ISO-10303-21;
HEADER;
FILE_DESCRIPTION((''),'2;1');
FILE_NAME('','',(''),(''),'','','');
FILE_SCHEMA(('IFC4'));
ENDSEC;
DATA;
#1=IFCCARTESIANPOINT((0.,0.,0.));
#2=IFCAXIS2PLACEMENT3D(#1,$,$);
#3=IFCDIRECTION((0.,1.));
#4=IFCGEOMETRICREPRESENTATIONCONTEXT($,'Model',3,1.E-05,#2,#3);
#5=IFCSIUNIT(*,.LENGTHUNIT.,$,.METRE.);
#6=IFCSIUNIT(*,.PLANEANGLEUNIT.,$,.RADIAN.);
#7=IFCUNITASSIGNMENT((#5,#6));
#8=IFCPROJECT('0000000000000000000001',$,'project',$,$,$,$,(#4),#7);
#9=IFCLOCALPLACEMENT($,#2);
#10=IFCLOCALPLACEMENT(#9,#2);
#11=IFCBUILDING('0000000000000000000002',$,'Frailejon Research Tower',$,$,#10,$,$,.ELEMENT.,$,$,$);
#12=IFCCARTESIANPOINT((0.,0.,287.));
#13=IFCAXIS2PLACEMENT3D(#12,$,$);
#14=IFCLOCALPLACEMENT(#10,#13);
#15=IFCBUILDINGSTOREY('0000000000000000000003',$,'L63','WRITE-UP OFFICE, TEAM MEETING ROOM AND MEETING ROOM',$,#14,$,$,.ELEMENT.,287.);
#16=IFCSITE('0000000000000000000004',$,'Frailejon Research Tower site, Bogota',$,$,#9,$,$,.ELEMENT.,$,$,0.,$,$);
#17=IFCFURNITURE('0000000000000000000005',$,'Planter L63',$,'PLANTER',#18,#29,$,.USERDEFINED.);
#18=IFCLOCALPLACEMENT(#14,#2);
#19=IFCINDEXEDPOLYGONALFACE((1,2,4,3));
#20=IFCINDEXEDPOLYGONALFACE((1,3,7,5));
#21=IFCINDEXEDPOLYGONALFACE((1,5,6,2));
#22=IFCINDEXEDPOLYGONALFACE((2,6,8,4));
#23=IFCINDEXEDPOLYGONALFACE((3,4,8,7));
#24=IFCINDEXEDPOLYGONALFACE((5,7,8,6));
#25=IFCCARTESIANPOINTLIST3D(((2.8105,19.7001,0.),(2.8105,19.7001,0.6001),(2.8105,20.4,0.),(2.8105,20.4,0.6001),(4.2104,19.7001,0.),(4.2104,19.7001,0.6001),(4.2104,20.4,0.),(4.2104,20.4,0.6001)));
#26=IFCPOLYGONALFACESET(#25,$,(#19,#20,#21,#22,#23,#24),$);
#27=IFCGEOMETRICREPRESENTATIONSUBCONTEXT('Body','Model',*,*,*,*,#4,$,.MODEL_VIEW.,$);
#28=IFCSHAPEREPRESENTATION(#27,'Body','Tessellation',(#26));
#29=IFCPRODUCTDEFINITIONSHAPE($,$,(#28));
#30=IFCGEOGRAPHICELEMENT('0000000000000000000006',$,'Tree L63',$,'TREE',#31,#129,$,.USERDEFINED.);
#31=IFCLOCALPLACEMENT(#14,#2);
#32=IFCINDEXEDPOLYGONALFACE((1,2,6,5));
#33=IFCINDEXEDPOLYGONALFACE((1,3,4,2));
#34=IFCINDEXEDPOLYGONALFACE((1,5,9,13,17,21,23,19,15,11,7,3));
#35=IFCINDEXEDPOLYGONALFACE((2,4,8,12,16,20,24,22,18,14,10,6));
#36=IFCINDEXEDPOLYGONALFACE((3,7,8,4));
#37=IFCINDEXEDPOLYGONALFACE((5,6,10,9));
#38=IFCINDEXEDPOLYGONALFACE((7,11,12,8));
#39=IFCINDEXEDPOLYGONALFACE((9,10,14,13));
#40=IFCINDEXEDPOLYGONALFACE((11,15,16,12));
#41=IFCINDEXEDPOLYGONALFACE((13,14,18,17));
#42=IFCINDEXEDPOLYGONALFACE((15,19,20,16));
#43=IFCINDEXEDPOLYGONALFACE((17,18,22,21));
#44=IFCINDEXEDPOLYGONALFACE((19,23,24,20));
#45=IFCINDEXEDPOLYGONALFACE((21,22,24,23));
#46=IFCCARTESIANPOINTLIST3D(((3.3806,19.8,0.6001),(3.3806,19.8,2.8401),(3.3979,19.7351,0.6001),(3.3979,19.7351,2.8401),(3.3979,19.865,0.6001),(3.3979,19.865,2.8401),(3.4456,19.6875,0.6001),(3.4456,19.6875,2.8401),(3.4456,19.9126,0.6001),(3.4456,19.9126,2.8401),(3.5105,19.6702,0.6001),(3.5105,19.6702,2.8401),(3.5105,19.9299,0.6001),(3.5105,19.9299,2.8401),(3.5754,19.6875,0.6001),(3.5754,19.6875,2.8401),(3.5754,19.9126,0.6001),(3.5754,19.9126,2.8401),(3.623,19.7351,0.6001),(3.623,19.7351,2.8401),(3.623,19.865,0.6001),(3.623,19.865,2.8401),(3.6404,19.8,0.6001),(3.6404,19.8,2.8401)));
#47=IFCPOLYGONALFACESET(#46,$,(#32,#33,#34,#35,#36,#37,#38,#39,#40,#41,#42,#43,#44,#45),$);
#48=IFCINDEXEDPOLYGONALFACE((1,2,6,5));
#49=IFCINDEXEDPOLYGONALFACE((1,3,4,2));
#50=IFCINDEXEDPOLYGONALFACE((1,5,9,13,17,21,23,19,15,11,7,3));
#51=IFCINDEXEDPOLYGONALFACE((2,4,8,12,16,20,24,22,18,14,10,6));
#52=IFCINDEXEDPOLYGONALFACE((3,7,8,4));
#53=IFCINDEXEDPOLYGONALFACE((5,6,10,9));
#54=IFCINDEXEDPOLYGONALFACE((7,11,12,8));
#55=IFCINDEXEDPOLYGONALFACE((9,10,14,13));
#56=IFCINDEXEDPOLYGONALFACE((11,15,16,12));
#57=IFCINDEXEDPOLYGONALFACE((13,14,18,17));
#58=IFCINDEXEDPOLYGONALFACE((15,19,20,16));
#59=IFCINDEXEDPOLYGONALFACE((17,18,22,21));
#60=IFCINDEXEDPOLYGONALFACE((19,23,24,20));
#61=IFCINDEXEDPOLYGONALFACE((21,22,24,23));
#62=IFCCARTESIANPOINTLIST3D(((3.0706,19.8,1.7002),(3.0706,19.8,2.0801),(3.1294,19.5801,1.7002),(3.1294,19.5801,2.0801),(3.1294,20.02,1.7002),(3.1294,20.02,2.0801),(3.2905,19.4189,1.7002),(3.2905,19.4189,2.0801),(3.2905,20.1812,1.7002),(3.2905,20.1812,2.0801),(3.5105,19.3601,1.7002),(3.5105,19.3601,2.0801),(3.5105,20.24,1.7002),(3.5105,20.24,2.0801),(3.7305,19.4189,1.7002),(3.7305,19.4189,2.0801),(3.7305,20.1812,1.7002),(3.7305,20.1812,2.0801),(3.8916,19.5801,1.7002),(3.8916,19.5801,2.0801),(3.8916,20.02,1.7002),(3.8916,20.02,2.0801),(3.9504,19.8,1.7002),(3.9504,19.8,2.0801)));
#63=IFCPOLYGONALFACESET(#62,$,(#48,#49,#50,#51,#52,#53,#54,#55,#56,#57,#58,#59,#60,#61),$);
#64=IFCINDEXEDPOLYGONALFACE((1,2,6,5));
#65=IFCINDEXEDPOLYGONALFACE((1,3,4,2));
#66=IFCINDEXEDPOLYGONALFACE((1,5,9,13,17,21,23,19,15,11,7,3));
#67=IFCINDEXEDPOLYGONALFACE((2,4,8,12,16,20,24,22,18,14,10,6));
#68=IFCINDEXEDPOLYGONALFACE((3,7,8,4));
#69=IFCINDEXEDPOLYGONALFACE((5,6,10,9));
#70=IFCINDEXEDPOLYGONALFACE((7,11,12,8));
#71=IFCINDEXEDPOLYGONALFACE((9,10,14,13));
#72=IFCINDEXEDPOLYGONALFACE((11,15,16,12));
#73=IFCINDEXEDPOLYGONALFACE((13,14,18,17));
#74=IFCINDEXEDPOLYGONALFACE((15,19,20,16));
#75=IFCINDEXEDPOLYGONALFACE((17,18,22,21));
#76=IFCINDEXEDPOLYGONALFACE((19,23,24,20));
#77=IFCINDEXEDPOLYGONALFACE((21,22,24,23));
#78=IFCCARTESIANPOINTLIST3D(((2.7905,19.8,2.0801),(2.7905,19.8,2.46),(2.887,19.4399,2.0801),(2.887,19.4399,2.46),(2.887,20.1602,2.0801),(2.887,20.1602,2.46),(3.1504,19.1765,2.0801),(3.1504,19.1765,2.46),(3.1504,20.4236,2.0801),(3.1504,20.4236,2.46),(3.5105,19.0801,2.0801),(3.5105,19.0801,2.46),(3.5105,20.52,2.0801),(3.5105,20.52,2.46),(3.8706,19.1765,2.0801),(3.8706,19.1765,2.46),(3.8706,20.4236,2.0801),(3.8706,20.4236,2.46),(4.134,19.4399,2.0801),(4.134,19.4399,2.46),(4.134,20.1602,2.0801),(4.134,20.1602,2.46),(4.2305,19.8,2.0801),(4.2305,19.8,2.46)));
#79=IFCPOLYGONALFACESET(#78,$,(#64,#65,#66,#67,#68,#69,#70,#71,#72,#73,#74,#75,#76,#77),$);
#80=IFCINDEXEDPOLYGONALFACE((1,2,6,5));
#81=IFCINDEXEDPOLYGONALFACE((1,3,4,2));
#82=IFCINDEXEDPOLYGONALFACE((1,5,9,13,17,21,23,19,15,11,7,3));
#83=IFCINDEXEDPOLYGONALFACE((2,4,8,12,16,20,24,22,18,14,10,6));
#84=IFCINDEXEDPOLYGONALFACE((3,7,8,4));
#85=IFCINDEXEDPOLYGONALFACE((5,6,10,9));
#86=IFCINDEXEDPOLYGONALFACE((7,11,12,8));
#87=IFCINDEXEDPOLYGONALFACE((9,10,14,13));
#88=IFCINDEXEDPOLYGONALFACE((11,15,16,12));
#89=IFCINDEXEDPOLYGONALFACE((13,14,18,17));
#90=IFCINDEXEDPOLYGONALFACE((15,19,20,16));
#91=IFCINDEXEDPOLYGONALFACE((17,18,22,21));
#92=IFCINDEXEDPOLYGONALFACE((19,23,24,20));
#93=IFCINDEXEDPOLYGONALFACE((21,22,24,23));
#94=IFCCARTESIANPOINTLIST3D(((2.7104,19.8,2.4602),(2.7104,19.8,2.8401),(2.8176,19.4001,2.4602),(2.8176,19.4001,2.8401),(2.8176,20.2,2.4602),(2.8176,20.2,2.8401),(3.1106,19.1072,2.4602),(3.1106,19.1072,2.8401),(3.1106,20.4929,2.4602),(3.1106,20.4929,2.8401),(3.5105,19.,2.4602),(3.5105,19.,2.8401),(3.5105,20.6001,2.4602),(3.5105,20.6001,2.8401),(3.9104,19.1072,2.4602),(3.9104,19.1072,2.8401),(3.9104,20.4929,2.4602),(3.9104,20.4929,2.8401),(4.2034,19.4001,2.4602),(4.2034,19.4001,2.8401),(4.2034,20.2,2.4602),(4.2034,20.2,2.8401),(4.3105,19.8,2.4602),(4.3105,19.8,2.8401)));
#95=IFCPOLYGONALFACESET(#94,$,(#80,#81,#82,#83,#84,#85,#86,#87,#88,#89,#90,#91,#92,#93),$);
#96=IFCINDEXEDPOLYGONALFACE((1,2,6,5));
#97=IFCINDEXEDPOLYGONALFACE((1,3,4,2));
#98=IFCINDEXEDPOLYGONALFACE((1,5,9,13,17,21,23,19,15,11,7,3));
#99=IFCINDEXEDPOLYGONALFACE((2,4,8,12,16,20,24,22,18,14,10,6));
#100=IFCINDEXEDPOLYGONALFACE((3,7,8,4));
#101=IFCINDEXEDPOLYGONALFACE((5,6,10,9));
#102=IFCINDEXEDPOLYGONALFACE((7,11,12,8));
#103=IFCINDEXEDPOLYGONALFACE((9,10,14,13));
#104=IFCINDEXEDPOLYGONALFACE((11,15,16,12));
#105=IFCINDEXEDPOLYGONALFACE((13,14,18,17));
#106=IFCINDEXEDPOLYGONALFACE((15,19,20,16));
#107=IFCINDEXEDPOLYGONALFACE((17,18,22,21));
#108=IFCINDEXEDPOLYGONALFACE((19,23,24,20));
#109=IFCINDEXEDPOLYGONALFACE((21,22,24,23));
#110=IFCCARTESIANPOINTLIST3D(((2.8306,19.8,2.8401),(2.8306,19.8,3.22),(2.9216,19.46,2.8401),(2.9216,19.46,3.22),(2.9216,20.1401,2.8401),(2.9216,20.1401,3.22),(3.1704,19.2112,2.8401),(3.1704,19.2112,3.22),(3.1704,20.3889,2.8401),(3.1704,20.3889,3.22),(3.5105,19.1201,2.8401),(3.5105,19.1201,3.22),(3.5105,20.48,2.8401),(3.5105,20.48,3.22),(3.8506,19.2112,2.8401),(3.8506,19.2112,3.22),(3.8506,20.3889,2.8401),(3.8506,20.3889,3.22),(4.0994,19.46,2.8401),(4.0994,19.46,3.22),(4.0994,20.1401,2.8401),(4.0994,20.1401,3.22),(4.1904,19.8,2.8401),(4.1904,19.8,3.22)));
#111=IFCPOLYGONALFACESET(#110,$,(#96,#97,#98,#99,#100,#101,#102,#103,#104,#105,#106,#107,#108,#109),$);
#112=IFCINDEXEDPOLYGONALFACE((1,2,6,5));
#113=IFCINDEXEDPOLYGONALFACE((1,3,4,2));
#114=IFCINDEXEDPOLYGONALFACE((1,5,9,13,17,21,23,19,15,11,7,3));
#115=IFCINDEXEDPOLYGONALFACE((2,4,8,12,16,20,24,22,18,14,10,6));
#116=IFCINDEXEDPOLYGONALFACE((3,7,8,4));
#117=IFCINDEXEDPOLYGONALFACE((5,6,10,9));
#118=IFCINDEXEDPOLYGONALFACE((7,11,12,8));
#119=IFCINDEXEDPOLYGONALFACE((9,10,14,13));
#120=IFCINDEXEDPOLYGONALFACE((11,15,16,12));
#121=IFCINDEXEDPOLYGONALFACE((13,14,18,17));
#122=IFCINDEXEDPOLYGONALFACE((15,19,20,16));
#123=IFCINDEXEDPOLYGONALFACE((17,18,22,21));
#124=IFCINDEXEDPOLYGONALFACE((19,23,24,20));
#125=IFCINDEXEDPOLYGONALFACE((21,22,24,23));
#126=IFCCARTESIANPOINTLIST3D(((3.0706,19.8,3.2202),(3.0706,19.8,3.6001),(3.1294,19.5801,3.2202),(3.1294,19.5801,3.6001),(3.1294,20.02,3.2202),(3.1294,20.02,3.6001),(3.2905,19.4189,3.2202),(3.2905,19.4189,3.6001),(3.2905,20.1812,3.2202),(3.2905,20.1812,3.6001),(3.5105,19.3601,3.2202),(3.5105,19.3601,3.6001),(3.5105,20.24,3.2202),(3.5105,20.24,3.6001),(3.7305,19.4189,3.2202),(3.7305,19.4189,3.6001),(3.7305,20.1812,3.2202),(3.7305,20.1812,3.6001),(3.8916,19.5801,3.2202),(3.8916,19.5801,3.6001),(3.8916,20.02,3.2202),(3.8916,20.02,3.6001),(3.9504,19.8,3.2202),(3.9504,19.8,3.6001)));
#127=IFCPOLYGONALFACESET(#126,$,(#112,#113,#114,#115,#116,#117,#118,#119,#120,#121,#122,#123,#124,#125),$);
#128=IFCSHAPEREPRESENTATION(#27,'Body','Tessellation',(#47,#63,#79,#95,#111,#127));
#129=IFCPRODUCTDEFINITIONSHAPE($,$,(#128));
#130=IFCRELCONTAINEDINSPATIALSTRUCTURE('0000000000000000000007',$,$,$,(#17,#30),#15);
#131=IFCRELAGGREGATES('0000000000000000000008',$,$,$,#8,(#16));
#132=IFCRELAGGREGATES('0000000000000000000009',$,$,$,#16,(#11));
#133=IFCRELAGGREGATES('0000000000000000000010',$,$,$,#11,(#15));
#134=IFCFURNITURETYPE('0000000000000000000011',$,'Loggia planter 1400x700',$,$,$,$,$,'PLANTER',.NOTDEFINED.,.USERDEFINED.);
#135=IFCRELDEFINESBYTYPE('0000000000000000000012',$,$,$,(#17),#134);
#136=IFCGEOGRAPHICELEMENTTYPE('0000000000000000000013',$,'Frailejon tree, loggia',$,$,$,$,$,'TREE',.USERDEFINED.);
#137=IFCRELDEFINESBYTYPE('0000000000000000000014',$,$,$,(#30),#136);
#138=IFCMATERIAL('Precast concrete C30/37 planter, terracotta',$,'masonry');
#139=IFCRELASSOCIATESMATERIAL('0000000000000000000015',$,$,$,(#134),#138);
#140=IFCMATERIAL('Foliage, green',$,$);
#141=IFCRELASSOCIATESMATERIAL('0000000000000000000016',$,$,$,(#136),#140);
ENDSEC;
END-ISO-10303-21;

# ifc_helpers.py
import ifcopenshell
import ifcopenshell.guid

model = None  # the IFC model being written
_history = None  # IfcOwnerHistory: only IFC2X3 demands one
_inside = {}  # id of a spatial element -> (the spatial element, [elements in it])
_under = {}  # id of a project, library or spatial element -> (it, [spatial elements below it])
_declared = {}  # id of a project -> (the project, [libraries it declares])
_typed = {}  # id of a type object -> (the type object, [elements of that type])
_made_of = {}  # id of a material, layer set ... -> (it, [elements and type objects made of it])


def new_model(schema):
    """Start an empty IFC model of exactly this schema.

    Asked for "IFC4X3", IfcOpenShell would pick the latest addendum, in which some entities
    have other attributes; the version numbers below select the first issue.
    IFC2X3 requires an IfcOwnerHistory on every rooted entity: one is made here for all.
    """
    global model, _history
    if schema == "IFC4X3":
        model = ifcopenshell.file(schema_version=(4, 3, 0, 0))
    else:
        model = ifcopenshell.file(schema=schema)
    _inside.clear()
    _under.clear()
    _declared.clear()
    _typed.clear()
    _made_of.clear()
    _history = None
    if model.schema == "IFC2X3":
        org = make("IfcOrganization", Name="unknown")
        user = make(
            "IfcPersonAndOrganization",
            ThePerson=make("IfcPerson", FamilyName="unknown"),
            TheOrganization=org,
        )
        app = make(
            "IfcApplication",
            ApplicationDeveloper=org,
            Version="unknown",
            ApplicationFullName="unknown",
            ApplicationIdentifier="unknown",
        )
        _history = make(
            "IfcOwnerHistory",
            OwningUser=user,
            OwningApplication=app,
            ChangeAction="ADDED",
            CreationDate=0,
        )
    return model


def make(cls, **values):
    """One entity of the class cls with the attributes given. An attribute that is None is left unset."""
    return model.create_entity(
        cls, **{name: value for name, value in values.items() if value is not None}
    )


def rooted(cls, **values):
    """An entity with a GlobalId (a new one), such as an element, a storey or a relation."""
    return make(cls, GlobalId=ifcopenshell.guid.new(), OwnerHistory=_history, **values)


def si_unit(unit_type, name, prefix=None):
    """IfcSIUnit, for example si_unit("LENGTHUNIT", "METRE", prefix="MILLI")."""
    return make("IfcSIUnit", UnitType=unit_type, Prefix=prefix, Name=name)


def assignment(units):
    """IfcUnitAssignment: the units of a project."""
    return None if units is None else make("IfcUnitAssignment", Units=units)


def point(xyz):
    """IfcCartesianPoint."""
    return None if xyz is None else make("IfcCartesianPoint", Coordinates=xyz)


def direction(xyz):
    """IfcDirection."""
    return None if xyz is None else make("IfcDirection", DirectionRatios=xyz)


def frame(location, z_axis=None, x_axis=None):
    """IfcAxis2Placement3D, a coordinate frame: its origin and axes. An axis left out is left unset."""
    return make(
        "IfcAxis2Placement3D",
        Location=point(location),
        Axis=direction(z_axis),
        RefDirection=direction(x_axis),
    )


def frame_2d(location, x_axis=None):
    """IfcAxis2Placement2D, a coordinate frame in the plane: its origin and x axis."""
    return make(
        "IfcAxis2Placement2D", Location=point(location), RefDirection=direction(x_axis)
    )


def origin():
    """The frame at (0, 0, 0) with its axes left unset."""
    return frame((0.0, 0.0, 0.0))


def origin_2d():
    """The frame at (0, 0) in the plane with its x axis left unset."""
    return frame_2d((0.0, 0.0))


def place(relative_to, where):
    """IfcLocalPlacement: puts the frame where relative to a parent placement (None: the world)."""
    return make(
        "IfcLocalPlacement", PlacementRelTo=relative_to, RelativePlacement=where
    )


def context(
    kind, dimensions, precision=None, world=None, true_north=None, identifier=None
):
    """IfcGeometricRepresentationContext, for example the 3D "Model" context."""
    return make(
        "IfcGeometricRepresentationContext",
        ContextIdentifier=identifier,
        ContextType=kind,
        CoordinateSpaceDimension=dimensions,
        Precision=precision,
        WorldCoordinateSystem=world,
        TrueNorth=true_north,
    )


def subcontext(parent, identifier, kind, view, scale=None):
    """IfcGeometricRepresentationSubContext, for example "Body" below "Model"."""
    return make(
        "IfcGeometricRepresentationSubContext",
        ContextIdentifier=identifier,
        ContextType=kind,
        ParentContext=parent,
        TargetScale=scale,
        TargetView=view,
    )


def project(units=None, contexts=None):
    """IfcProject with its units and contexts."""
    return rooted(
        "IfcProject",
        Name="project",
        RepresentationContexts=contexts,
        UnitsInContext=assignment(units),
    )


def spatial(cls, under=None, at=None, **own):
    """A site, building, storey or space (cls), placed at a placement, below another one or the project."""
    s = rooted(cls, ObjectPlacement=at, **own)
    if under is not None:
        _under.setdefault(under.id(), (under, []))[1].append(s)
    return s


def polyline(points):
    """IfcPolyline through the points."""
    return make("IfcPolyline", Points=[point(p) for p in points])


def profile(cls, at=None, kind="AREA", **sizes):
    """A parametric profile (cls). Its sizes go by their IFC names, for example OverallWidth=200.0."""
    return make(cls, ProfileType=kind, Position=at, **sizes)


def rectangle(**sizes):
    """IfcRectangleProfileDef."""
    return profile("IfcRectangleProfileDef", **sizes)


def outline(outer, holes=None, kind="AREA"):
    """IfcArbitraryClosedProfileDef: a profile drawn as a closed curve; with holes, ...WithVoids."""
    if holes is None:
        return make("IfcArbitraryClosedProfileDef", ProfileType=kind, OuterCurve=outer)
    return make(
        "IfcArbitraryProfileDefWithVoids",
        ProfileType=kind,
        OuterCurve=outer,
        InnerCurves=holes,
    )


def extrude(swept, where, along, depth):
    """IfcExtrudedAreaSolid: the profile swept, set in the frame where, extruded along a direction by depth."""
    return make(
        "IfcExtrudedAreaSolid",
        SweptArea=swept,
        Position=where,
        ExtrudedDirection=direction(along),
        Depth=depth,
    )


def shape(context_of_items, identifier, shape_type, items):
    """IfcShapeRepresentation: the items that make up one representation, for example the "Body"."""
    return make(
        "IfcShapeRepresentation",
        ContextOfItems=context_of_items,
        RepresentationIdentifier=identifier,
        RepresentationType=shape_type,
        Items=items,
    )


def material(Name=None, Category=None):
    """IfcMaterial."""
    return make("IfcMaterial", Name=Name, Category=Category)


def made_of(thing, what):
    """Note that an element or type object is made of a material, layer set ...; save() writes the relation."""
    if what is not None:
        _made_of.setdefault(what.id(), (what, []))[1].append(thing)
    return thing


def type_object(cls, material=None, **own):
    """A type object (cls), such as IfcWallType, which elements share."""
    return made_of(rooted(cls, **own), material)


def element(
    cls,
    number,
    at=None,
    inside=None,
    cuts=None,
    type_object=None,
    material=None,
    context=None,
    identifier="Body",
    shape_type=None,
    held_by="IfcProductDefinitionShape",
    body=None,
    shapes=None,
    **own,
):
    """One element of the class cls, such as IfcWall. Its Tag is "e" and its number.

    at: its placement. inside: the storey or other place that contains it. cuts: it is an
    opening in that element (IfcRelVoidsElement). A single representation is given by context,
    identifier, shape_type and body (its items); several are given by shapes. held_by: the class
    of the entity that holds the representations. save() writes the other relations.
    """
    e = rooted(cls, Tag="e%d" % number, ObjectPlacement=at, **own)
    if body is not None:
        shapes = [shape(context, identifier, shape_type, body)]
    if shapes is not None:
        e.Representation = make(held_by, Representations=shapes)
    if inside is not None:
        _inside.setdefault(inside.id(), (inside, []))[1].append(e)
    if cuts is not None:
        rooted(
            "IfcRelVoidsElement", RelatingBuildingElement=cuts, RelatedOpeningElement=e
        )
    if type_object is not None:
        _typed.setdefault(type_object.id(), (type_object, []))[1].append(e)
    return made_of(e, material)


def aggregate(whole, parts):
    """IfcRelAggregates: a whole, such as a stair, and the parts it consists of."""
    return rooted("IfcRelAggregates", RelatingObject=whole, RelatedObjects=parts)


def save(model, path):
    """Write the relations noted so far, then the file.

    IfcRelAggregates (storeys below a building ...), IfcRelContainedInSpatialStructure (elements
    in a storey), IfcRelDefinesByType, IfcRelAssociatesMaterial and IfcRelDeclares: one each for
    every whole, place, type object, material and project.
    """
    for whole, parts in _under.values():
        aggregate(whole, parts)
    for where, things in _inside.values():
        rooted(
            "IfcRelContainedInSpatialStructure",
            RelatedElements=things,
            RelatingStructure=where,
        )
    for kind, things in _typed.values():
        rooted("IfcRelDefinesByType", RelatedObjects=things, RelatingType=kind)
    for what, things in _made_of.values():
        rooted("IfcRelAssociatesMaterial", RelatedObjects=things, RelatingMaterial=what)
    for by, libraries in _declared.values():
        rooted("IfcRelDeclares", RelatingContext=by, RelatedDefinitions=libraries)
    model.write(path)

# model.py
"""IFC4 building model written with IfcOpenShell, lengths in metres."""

from ifc_helpers import new_model, si_unit, direction, frame, origin, origin_2d, place, context, subcontext, project, spatial, polyline, rectangle, outline, extrude, material, type_object, element, save


model = new_model("IFC4")

# Units and contexts
model_context = context("Model", 3, precision=1e-05, world=origin(), true_north=direction((0.0, 1.0)))
body_context = subcontext(model_context, "Body", "Model", "MODEL_VIEW")
ifc_project = project(units=[si_unit("LENGTHUNIT", "METRE"), si_unit("PLANEANGLEUNIT", "RADIAN")], contexts=[model_context])

# Site, building, storey
site_placement = place(None, origin())
site = spatial("IfcSite", under=ifc_project, at=site_placement, Name="Frailejon Research Tower site, Bogota", CompositionType="ELEMENT", RefElevation=0.0)
building_placement = place(site_placement, origin())
building = spatial("IfcBuilding", under=site, at=building_placement, Name="Frailejon Research Tower", CompositionType="ELEMENT")
storey_placement = place(building_placement, frame((0.0, 0.0, 287.0)))
storey = spatial("IfcBuildingStorey", under=building, at=storey_placement, Name="L63", Description="WRITE-UP OFFICE, TEAM MEETING ROOM AND MEETING ROOM", CompositionType="ELEMENT", Elevation=287.0)

# Furniture
ifc_material_1 = material(Name="Precast concrete C30/37 planter, terracotta", Category="masonry")
furniture_type = type_object("IfcFurnitureType", Name="Loggia planter 1400x700", ElementType="PLANTER", AssemblyPlace="NOTDEFINED", PredefinedType="USERDEFINED", material=ifc_material_1)
furniture_placement = place(storey_placement, frame((3.5105, 20.05, 0.0), z_axis=(0.0, 0.0, 1.0), x_axis=(-1.0, 0.0, 0.0)))
element("IfcFurniture", 1, at=furniture_placement, inside=storey, type_object=furniture_type, Name="Planter L63", ObjectType="PLANTER", PredefinedType="USERDEFINED", context=body_context, shape_type="SweptSolid", body=[
    extrude(rectangle(XDim=1.3999, YDim=0.7, at=origin_2d()), origin(), (0.0, 0.0, 1.0), 0.6001),
])

# Geographic element
ifc_material_2 = material(Name="Foliage, green")
geographic_element_type = type_object("IfcGeographicElementType", Name="Frailejon tree, loggia", ElementType="TREE", PredefinedType="USERDEFINED", material=ifc_material_2)
geographic_element_placement = place(storey_placement, frame((3.5105, 19.8, 0.6001)))
element("IfcGeographicElement", 2, at=geographic_element_placement, inside=storey, type_object=geographic_element_type, Name="Tree L63", ObjectType="TREE", PredefinedType="USERDEFINED", context=body_context, shape_type="SweptSolid", body=[
    extrude(outline(polyline([(0.1299, 0.0), (0.1125, 0.0649), (0.0649, 0.1125), (0.0, 0.1299), (-0.0649, 0.1125), (-0.1125, 0.0649), (-0.1299, 0.0), (-0.1125, -0.0649), (-0.0649, -0.1125), (0.0, -0.1299), (0.0649, -0.1125), (0.1125, -0.0649), (0.1299, 0.0)])), origin(), (0.0, 0.0, 1.0), 2.24),
    extrude(outline(polyline([(0.4399, 0.0), (0.3811, 0.22), (0.22, 0.3811), (0.0, 0.4399), (-0.22, 0.3811), (-0.3811, 0.22), (-0.4399, 0.0), (-0.3811, -0.22), (-0.22, -0.3811), (0.0, -0.4399), (0.22, -0.3811), (0.3811, -0.22), (0.4399, 0.0)])), frame((0.0, 0.0, 1.1001)), (0.0, 0.0, 1.0), 0.3799),
    extrude(outline(polyline([(0.72, 0.0), (0.6235, 0.3601), (0.3601, 0.6235), (0.0, 0.72), (-0.3601, 0.6235), (-0.6235, 0.3601), (-0.72, 0.0), (-0.6235, -0.3601), (-0.3601, -0.6235), (0.0, -0.72), (0.3601, -0.6235), (0.6235, -0.3601), (0.72, 0.0)])), frame((0.0, 0.0, 1.48)), (0.0, 0.0, 1.0), 0.3799),
    extrude(outline(polyline([(0.8, 0.0), (0.6929, 0.3999), (0.3999, 0.6929), (0.0, 0.8), (-0.3999, 0.6929), (-0.6929, 0.3999), (-0.8, 0.0), (-0.6929, -0.3999), (-0.3999, -0.6929), (0.0, -0.8), (0.3999, -0.6929), (0.6929, -0.3999), (0.8, 0.0)])), frame((0.0, 0.0, 1.8601)), (0.0, 0.0, 1.0), 0.3799),
    extrude(outline(polyline([(0.6799, 0.0), (0.5889, 0.3401), (0.3401, 0.5889), (0.0, 0.6799), (-0.3401, 0.5889), (-0.5889, 0.3401), (-0.6799, 0.0), (-0.5889, -0.3401), (-0.3401, -0.5889), (0.0, -0.6799), (0.3401, -0.5889), (0.5889, -0.3401), (0.6799, 0.0)])), frame((0.0, 0.0, 2.24)), (0.0, 0.0, 1.0), 0.3799),
    extrude(outline(polyline([(0.4399, 0.0), (0.3811, 0.22), (0.22, 0.3811), (0.0, 0.4399), (-0.22, 0.3811), (-0.3811, 0.22), (-0.4399, 0.0), (-0.3811, -0.22), (-0.22, -0.3811), (0.0, -0.4399), (0.22, -0.3811), (0.3811, -0.22), (0.4399, 0.0)])), frame((0.0, 0.0, 2.6201)), (0.0, 0.0, 1.0), 0.3799),
])

save(model, "model.ifc")
